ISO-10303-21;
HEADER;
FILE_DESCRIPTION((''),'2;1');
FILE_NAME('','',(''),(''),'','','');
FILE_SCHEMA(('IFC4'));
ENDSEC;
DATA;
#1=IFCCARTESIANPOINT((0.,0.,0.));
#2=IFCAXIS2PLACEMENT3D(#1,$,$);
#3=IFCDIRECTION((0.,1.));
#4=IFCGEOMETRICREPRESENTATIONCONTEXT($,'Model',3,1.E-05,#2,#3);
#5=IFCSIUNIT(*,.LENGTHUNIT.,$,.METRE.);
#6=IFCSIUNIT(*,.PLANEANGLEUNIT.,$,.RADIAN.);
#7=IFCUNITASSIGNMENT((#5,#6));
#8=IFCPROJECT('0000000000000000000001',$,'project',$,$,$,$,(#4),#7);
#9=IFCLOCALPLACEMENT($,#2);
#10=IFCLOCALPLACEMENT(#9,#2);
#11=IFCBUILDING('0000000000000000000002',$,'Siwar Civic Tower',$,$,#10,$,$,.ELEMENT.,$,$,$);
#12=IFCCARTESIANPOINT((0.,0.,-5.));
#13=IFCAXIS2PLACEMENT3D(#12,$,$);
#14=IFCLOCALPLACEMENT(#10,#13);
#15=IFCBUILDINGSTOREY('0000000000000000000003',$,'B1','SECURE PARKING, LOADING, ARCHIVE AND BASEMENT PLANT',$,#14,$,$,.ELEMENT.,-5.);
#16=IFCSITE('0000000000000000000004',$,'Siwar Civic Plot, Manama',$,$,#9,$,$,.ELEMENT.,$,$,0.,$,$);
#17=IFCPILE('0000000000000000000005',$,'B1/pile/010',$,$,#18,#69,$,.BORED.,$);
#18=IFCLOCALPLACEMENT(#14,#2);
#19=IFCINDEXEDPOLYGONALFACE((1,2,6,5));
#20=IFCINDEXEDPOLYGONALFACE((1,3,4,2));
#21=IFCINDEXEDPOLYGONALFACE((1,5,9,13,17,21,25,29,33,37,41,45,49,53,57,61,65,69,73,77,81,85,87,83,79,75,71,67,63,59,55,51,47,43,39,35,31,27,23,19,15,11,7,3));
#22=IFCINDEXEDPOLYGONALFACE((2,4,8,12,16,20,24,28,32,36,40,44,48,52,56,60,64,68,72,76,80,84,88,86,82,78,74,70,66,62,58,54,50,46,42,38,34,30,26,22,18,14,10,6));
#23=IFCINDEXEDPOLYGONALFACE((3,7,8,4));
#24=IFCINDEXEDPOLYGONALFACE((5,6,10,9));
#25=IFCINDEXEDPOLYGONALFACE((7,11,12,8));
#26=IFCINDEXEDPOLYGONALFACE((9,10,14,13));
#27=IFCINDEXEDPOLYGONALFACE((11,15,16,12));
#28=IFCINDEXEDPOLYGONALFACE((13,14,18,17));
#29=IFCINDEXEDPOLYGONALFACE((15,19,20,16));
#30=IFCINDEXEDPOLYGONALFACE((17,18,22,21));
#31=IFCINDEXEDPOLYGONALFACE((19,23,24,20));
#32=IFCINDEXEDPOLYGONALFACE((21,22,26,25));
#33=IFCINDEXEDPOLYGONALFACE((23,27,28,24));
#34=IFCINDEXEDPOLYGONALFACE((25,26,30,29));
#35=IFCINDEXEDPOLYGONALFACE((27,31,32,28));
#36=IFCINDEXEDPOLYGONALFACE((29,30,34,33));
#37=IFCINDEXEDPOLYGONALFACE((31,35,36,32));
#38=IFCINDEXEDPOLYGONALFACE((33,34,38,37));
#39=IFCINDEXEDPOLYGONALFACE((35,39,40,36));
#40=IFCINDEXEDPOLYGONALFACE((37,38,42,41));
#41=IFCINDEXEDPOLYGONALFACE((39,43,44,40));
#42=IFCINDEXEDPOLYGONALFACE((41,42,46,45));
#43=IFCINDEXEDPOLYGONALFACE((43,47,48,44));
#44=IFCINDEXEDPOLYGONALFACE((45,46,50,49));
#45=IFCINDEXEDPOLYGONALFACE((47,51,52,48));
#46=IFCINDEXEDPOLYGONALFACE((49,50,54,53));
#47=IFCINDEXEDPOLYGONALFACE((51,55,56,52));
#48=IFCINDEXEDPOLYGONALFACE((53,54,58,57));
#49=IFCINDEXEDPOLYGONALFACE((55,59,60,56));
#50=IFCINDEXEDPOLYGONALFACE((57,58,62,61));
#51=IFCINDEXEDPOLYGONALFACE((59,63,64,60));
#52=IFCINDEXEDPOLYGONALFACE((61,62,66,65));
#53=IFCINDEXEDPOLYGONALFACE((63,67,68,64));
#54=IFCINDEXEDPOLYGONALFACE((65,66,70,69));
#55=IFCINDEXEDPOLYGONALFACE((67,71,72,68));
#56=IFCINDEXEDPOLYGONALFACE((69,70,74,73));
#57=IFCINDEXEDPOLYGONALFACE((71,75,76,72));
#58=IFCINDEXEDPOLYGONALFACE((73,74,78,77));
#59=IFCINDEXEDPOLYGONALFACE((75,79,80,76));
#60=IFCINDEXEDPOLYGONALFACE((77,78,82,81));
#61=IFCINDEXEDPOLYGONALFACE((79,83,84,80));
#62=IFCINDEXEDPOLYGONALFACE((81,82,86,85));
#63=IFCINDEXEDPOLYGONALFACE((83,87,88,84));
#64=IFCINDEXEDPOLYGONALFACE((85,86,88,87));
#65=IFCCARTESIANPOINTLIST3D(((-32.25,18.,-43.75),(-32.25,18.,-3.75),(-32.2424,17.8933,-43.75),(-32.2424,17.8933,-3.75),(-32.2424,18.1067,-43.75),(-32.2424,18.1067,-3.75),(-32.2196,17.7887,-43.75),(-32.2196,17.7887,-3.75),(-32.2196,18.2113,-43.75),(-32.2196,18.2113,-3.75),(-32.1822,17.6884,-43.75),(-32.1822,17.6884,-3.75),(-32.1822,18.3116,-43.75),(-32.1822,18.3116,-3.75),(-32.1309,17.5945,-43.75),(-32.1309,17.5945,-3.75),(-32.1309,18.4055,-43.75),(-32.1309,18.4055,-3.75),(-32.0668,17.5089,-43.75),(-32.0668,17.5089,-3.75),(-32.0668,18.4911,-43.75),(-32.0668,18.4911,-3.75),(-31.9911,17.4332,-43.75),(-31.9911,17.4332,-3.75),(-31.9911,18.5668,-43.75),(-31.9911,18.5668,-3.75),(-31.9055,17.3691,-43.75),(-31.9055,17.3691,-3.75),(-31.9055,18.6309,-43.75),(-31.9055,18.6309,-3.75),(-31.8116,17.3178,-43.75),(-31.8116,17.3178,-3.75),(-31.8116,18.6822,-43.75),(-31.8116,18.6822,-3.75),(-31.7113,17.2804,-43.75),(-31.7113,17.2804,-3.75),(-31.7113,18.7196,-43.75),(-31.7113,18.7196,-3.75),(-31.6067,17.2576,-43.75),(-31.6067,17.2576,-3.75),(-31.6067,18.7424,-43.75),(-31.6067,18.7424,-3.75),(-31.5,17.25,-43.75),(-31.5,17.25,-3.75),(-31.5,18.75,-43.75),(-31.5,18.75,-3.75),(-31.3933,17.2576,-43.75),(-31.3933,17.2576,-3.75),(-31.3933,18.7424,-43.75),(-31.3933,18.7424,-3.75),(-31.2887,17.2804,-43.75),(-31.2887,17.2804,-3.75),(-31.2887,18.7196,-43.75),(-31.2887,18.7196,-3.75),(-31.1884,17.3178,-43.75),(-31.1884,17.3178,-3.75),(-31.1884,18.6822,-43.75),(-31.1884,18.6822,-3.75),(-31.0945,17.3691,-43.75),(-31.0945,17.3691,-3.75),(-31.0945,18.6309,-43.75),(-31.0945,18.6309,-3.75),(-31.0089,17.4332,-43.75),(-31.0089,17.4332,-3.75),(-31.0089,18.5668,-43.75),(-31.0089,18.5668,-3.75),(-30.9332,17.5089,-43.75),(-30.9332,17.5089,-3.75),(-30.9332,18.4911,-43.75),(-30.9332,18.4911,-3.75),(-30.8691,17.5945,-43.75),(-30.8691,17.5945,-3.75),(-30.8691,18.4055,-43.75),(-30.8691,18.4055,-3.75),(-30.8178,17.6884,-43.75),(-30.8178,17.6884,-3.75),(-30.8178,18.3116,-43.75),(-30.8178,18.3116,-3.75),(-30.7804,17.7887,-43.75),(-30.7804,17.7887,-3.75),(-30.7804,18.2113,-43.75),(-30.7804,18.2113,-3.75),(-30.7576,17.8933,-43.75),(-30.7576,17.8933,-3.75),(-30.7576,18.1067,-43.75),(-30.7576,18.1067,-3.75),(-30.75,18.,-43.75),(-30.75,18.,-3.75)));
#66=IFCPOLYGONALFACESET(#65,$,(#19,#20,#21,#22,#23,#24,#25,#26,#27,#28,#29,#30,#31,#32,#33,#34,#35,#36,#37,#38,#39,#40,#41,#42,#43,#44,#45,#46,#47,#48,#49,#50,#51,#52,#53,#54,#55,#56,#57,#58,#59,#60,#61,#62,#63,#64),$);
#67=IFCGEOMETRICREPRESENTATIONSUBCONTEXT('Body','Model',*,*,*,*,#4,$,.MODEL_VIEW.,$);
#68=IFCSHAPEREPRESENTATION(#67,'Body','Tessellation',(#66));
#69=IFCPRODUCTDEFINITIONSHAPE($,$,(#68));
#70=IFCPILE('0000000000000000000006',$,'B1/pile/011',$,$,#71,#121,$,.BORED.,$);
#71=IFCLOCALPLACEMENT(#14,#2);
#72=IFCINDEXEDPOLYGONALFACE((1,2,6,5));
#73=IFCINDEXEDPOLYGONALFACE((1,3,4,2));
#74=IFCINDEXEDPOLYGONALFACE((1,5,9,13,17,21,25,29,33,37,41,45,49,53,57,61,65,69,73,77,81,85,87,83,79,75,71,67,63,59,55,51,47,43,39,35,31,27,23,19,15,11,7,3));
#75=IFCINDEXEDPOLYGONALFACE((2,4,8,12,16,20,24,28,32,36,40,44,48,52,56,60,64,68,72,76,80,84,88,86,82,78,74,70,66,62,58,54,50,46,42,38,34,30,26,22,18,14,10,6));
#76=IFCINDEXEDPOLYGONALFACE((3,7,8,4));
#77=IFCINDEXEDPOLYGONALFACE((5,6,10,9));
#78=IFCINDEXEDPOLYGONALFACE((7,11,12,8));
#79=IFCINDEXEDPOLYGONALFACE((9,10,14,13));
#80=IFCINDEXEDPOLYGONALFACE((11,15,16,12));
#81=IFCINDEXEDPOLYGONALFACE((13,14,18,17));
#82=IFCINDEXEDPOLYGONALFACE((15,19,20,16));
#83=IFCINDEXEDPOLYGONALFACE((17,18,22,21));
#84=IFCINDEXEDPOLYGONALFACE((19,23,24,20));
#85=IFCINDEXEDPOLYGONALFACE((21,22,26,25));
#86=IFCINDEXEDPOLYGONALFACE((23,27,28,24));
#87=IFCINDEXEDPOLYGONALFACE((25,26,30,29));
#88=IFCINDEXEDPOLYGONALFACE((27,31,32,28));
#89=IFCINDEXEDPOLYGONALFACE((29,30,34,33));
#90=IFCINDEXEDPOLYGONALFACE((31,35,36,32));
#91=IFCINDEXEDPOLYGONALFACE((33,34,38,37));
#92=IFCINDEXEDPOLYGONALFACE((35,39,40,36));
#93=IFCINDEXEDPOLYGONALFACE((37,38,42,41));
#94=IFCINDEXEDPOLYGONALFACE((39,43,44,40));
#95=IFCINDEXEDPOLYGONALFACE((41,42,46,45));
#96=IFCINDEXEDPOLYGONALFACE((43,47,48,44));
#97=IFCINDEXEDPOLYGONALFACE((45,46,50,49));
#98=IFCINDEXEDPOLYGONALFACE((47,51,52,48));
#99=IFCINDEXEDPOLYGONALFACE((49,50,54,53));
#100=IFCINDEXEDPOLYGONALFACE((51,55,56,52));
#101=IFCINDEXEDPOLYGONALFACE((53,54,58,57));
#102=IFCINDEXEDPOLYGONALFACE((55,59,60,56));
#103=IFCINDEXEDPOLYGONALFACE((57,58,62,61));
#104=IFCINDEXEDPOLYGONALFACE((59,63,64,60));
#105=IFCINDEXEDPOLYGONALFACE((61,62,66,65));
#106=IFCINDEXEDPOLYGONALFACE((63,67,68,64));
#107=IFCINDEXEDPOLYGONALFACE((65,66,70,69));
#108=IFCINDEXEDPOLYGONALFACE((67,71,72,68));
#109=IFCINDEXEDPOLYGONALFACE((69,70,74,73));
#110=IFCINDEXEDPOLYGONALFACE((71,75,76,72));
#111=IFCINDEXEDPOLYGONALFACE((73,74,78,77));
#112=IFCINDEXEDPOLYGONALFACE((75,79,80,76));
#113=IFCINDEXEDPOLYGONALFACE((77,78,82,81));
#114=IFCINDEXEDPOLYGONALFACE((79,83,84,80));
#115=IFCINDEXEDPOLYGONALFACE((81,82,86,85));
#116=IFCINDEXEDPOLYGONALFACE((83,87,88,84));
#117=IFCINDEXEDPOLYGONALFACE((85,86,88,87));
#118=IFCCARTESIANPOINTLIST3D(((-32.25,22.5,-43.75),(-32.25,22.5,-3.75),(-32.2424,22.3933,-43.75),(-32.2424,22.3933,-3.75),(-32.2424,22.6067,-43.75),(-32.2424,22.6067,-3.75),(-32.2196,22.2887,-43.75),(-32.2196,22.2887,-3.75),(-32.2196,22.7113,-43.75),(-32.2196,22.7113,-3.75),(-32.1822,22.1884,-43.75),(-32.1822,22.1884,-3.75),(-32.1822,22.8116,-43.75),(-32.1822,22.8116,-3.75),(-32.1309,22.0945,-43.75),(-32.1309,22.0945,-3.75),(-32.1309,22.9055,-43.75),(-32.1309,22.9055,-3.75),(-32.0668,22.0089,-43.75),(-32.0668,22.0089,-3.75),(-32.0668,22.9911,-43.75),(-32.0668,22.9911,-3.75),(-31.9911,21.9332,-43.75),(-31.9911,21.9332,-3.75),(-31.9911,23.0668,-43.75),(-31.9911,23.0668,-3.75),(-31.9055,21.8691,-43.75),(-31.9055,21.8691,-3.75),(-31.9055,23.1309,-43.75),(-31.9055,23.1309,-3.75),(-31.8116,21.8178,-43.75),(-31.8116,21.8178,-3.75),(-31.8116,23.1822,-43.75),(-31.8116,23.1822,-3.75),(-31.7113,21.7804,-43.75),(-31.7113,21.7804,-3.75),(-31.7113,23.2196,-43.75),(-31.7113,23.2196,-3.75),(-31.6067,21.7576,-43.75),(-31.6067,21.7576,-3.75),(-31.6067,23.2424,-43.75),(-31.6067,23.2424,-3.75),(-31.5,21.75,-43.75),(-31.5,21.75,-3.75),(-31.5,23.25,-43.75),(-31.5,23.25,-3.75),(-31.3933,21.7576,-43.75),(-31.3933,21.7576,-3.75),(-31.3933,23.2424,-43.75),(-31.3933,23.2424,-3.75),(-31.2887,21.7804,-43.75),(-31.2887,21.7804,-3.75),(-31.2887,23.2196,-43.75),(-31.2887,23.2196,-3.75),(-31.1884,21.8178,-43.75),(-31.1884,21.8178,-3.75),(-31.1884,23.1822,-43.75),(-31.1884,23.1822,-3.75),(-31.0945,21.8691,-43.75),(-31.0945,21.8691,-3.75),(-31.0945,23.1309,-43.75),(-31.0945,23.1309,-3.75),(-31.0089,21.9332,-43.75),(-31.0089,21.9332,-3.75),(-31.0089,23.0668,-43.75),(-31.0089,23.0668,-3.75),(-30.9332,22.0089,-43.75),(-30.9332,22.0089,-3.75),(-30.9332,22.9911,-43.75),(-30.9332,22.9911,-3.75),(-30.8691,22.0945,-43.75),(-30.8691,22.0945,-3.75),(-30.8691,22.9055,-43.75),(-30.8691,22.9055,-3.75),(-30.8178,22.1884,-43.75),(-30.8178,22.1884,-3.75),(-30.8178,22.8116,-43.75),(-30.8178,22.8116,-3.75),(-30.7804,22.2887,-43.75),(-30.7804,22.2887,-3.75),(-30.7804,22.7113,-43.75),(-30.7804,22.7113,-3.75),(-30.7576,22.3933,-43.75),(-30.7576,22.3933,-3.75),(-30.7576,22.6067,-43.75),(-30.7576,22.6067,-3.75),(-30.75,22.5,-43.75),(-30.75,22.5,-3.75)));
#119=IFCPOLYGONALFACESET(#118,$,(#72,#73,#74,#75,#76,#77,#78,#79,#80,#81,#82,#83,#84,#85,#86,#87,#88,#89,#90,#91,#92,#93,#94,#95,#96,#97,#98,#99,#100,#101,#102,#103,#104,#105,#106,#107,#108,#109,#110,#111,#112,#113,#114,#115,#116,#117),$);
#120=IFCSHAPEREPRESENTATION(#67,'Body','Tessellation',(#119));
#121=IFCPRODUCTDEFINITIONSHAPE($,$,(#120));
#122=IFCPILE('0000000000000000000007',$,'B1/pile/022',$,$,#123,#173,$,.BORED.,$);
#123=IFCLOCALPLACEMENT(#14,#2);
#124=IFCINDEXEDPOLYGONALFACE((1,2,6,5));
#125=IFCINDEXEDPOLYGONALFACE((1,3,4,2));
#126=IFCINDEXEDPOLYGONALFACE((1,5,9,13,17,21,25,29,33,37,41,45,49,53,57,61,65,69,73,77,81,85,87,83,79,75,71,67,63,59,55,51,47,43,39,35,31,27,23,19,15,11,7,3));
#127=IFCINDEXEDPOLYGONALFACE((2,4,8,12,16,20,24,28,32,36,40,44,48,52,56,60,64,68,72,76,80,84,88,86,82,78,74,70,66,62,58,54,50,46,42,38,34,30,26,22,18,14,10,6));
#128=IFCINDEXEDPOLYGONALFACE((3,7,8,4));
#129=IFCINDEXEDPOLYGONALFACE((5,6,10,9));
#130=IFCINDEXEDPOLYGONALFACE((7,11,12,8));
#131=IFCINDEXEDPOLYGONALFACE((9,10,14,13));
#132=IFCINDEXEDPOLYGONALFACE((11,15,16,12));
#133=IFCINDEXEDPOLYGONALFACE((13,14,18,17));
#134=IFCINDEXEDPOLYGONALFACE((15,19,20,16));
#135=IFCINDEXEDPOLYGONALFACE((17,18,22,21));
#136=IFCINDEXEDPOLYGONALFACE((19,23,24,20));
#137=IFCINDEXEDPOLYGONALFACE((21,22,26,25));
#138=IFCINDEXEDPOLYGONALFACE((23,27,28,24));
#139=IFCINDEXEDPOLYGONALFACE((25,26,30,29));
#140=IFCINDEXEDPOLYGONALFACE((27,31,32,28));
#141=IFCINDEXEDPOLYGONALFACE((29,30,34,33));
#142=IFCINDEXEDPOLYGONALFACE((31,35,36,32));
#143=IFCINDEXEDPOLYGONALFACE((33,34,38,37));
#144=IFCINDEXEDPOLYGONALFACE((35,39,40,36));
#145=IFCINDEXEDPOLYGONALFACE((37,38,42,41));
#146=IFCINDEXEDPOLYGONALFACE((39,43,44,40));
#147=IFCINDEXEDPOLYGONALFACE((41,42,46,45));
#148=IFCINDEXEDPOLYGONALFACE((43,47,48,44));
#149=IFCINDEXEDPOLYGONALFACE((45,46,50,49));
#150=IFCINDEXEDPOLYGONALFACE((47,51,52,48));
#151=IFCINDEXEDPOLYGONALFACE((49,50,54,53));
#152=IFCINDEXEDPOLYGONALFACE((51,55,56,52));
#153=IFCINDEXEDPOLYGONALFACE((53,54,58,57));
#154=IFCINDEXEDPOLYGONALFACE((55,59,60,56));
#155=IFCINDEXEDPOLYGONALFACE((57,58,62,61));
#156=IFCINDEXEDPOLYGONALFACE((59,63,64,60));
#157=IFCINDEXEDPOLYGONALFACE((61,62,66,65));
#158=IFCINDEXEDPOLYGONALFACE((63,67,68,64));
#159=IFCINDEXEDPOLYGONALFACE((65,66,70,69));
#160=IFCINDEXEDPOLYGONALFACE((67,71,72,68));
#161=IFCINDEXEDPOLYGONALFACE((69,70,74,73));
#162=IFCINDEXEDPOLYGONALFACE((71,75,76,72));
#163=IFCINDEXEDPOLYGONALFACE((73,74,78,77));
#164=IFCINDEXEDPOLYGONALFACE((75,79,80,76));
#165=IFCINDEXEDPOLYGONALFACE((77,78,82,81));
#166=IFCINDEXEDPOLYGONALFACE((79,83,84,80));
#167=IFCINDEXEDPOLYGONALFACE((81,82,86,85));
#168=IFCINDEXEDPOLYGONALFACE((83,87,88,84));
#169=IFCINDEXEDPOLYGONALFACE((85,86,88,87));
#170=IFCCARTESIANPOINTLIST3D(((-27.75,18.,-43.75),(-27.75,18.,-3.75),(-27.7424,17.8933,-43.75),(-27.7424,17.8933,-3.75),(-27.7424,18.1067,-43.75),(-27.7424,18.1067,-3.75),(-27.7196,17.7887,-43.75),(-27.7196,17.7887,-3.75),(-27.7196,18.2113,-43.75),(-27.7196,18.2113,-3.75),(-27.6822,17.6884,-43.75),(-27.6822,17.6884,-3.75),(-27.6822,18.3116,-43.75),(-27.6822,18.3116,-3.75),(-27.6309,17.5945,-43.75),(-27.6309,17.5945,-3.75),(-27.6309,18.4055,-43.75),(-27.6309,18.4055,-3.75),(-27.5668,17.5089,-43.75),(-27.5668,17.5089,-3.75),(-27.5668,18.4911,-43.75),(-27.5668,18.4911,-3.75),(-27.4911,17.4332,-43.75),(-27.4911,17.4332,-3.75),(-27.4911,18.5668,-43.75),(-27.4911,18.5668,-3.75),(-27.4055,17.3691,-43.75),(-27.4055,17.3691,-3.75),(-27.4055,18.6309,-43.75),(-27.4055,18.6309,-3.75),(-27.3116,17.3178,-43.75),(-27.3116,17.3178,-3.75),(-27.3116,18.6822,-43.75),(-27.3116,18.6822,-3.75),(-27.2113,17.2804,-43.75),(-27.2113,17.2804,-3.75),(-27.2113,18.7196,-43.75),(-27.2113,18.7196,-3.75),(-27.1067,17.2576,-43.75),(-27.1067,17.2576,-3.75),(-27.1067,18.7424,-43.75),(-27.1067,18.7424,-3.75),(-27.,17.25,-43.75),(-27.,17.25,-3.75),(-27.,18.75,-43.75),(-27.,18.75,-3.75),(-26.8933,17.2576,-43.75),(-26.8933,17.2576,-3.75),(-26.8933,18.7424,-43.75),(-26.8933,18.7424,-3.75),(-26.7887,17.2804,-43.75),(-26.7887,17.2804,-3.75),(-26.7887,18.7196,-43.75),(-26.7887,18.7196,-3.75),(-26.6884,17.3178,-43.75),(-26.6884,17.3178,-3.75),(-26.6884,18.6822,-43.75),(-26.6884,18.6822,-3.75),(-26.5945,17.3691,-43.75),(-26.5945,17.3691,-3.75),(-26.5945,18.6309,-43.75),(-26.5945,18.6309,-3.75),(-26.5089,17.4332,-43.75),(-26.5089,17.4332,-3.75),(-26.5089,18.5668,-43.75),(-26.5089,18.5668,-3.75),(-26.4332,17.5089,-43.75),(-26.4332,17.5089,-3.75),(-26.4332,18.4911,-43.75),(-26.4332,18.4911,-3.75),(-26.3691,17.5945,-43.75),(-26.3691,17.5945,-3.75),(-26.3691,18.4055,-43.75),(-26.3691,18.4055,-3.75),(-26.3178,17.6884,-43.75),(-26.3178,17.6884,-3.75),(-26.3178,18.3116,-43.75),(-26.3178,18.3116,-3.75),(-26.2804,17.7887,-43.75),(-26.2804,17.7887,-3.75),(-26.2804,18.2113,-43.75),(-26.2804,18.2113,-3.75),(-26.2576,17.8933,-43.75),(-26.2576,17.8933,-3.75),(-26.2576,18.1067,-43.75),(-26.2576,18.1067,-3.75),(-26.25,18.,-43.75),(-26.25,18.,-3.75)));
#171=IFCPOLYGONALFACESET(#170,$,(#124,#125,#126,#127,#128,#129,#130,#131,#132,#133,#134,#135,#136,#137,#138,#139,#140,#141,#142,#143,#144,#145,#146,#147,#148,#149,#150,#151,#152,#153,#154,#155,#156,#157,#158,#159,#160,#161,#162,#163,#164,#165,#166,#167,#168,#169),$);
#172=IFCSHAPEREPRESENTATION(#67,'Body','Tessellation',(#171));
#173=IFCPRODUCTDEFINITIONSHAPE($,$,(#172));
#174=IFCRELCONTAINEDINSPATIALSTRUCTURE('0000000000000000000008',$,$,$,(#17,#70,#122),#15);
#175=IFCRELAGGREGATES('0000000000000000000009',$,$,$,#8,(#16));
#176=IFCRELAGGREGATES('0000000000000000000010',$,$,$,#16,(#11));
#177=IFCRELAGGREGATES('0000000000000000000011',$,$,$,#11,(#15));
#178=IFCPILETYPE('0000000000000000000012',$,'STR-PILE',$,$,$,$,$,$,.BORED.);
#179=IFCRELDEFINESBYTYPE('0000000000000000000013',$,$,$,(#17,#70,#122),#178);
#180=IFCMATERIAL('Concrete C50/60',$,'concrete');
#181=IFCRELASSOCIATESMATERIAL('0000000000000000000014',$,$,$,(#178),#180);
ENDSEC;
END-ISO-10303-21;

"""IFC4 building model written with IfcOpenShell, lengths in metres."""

from ifc_helpers import new_model, si_unit, direction, frame, origin, origin_2d, place, context, subcontext, project, spatial, circle, extrude, material, material_profile, profile_set, type_object, element, save


model = new_model("IFC4")

# Units and contexts
model_context = context("Model", 3, precision=1e-05, world=origin(), true_north=direction((0.0, 1.0)))
body_context = subcontext(model_context, "Body", "Model", "MODEL_VIEW")
ifc_project = project(units=[si_unit("LENGTHUNIT", "METRE"), si_unit("PLANEANGLEUNIT", "RADIAN")], contexts=[model_context])

# Site, building, storey
site_placement = place(None, origin())
site = spatial("IfcSite", under=ifc_project, at=site_placement, Name="Siwar Civic Plot, Manama", CompositionType="ELEMENT", RefElevation=0.0)
building_placement = place(site_placement, origin())
building = spatial("IfcBuilding", under=site, at=building_placement, Name="Siwar Civic Tower", CompositionType="ELEMENT")
storey_placement = place(building_placement, frame((0.0, 0.0, -5.0)))
storey = spatial("IfcBuildingStorey", under=building, at=storey_placement, Name="B1", Description="SECURE PARKING, LOADING, ARCHIVE AND BASEMENT PLANT", CompositionType="ELEMENT", Elevation=-5.0)

# Piles
ifc_material_1 = material(Name="Concrete C50/60", Category="concrete")
ifc_material_profile_1 = material_profile(ifc_material_1, circle(Radius=0.75, at=origin_2d()), Name="PILE1500")
ifc_profile_set_1 = profile_set([ifc_material_profile_1], Name="Concrete C50/60")
pile_type = type_object("IfcPileType", Name="STR-PILE", PredefinedType="BORED", material=ifc_profile_set_1)
for number, where, z_axis, x_axis, name in (
    (1, (-31.5, 18.0, -3.75), (0.0, 0.0, -1.0), (1.0, 0.0, 0.0), "B1/pile/010"),
    (2, (-31.5, 22.5, -3.75), (0.0, 0.0, -1.0), (1.0, 0.0, 0.0), "B1/pile/011"),
    (3, (-27.0, 18.0, -3.75), (0.0, 0.0, -1.0), (1.0, 0.0, 0.0), "B1/pile/022"),
):
    element("IfcPile", number, at=place(storey_placement, frame(where, z_axis=z_axis, x_axis=x_axis)), inside=storey, type_object=pile_type, Name=name, PredefinedType="BORED", context=body_context, shape_type="SweptSolid", body=[
        extrude(circle(Radius=0.75, at=origin_2d()), origin(), (0.0, 0.0, 1.0), 40.0),
    ])

save(model, "model.ifc")
